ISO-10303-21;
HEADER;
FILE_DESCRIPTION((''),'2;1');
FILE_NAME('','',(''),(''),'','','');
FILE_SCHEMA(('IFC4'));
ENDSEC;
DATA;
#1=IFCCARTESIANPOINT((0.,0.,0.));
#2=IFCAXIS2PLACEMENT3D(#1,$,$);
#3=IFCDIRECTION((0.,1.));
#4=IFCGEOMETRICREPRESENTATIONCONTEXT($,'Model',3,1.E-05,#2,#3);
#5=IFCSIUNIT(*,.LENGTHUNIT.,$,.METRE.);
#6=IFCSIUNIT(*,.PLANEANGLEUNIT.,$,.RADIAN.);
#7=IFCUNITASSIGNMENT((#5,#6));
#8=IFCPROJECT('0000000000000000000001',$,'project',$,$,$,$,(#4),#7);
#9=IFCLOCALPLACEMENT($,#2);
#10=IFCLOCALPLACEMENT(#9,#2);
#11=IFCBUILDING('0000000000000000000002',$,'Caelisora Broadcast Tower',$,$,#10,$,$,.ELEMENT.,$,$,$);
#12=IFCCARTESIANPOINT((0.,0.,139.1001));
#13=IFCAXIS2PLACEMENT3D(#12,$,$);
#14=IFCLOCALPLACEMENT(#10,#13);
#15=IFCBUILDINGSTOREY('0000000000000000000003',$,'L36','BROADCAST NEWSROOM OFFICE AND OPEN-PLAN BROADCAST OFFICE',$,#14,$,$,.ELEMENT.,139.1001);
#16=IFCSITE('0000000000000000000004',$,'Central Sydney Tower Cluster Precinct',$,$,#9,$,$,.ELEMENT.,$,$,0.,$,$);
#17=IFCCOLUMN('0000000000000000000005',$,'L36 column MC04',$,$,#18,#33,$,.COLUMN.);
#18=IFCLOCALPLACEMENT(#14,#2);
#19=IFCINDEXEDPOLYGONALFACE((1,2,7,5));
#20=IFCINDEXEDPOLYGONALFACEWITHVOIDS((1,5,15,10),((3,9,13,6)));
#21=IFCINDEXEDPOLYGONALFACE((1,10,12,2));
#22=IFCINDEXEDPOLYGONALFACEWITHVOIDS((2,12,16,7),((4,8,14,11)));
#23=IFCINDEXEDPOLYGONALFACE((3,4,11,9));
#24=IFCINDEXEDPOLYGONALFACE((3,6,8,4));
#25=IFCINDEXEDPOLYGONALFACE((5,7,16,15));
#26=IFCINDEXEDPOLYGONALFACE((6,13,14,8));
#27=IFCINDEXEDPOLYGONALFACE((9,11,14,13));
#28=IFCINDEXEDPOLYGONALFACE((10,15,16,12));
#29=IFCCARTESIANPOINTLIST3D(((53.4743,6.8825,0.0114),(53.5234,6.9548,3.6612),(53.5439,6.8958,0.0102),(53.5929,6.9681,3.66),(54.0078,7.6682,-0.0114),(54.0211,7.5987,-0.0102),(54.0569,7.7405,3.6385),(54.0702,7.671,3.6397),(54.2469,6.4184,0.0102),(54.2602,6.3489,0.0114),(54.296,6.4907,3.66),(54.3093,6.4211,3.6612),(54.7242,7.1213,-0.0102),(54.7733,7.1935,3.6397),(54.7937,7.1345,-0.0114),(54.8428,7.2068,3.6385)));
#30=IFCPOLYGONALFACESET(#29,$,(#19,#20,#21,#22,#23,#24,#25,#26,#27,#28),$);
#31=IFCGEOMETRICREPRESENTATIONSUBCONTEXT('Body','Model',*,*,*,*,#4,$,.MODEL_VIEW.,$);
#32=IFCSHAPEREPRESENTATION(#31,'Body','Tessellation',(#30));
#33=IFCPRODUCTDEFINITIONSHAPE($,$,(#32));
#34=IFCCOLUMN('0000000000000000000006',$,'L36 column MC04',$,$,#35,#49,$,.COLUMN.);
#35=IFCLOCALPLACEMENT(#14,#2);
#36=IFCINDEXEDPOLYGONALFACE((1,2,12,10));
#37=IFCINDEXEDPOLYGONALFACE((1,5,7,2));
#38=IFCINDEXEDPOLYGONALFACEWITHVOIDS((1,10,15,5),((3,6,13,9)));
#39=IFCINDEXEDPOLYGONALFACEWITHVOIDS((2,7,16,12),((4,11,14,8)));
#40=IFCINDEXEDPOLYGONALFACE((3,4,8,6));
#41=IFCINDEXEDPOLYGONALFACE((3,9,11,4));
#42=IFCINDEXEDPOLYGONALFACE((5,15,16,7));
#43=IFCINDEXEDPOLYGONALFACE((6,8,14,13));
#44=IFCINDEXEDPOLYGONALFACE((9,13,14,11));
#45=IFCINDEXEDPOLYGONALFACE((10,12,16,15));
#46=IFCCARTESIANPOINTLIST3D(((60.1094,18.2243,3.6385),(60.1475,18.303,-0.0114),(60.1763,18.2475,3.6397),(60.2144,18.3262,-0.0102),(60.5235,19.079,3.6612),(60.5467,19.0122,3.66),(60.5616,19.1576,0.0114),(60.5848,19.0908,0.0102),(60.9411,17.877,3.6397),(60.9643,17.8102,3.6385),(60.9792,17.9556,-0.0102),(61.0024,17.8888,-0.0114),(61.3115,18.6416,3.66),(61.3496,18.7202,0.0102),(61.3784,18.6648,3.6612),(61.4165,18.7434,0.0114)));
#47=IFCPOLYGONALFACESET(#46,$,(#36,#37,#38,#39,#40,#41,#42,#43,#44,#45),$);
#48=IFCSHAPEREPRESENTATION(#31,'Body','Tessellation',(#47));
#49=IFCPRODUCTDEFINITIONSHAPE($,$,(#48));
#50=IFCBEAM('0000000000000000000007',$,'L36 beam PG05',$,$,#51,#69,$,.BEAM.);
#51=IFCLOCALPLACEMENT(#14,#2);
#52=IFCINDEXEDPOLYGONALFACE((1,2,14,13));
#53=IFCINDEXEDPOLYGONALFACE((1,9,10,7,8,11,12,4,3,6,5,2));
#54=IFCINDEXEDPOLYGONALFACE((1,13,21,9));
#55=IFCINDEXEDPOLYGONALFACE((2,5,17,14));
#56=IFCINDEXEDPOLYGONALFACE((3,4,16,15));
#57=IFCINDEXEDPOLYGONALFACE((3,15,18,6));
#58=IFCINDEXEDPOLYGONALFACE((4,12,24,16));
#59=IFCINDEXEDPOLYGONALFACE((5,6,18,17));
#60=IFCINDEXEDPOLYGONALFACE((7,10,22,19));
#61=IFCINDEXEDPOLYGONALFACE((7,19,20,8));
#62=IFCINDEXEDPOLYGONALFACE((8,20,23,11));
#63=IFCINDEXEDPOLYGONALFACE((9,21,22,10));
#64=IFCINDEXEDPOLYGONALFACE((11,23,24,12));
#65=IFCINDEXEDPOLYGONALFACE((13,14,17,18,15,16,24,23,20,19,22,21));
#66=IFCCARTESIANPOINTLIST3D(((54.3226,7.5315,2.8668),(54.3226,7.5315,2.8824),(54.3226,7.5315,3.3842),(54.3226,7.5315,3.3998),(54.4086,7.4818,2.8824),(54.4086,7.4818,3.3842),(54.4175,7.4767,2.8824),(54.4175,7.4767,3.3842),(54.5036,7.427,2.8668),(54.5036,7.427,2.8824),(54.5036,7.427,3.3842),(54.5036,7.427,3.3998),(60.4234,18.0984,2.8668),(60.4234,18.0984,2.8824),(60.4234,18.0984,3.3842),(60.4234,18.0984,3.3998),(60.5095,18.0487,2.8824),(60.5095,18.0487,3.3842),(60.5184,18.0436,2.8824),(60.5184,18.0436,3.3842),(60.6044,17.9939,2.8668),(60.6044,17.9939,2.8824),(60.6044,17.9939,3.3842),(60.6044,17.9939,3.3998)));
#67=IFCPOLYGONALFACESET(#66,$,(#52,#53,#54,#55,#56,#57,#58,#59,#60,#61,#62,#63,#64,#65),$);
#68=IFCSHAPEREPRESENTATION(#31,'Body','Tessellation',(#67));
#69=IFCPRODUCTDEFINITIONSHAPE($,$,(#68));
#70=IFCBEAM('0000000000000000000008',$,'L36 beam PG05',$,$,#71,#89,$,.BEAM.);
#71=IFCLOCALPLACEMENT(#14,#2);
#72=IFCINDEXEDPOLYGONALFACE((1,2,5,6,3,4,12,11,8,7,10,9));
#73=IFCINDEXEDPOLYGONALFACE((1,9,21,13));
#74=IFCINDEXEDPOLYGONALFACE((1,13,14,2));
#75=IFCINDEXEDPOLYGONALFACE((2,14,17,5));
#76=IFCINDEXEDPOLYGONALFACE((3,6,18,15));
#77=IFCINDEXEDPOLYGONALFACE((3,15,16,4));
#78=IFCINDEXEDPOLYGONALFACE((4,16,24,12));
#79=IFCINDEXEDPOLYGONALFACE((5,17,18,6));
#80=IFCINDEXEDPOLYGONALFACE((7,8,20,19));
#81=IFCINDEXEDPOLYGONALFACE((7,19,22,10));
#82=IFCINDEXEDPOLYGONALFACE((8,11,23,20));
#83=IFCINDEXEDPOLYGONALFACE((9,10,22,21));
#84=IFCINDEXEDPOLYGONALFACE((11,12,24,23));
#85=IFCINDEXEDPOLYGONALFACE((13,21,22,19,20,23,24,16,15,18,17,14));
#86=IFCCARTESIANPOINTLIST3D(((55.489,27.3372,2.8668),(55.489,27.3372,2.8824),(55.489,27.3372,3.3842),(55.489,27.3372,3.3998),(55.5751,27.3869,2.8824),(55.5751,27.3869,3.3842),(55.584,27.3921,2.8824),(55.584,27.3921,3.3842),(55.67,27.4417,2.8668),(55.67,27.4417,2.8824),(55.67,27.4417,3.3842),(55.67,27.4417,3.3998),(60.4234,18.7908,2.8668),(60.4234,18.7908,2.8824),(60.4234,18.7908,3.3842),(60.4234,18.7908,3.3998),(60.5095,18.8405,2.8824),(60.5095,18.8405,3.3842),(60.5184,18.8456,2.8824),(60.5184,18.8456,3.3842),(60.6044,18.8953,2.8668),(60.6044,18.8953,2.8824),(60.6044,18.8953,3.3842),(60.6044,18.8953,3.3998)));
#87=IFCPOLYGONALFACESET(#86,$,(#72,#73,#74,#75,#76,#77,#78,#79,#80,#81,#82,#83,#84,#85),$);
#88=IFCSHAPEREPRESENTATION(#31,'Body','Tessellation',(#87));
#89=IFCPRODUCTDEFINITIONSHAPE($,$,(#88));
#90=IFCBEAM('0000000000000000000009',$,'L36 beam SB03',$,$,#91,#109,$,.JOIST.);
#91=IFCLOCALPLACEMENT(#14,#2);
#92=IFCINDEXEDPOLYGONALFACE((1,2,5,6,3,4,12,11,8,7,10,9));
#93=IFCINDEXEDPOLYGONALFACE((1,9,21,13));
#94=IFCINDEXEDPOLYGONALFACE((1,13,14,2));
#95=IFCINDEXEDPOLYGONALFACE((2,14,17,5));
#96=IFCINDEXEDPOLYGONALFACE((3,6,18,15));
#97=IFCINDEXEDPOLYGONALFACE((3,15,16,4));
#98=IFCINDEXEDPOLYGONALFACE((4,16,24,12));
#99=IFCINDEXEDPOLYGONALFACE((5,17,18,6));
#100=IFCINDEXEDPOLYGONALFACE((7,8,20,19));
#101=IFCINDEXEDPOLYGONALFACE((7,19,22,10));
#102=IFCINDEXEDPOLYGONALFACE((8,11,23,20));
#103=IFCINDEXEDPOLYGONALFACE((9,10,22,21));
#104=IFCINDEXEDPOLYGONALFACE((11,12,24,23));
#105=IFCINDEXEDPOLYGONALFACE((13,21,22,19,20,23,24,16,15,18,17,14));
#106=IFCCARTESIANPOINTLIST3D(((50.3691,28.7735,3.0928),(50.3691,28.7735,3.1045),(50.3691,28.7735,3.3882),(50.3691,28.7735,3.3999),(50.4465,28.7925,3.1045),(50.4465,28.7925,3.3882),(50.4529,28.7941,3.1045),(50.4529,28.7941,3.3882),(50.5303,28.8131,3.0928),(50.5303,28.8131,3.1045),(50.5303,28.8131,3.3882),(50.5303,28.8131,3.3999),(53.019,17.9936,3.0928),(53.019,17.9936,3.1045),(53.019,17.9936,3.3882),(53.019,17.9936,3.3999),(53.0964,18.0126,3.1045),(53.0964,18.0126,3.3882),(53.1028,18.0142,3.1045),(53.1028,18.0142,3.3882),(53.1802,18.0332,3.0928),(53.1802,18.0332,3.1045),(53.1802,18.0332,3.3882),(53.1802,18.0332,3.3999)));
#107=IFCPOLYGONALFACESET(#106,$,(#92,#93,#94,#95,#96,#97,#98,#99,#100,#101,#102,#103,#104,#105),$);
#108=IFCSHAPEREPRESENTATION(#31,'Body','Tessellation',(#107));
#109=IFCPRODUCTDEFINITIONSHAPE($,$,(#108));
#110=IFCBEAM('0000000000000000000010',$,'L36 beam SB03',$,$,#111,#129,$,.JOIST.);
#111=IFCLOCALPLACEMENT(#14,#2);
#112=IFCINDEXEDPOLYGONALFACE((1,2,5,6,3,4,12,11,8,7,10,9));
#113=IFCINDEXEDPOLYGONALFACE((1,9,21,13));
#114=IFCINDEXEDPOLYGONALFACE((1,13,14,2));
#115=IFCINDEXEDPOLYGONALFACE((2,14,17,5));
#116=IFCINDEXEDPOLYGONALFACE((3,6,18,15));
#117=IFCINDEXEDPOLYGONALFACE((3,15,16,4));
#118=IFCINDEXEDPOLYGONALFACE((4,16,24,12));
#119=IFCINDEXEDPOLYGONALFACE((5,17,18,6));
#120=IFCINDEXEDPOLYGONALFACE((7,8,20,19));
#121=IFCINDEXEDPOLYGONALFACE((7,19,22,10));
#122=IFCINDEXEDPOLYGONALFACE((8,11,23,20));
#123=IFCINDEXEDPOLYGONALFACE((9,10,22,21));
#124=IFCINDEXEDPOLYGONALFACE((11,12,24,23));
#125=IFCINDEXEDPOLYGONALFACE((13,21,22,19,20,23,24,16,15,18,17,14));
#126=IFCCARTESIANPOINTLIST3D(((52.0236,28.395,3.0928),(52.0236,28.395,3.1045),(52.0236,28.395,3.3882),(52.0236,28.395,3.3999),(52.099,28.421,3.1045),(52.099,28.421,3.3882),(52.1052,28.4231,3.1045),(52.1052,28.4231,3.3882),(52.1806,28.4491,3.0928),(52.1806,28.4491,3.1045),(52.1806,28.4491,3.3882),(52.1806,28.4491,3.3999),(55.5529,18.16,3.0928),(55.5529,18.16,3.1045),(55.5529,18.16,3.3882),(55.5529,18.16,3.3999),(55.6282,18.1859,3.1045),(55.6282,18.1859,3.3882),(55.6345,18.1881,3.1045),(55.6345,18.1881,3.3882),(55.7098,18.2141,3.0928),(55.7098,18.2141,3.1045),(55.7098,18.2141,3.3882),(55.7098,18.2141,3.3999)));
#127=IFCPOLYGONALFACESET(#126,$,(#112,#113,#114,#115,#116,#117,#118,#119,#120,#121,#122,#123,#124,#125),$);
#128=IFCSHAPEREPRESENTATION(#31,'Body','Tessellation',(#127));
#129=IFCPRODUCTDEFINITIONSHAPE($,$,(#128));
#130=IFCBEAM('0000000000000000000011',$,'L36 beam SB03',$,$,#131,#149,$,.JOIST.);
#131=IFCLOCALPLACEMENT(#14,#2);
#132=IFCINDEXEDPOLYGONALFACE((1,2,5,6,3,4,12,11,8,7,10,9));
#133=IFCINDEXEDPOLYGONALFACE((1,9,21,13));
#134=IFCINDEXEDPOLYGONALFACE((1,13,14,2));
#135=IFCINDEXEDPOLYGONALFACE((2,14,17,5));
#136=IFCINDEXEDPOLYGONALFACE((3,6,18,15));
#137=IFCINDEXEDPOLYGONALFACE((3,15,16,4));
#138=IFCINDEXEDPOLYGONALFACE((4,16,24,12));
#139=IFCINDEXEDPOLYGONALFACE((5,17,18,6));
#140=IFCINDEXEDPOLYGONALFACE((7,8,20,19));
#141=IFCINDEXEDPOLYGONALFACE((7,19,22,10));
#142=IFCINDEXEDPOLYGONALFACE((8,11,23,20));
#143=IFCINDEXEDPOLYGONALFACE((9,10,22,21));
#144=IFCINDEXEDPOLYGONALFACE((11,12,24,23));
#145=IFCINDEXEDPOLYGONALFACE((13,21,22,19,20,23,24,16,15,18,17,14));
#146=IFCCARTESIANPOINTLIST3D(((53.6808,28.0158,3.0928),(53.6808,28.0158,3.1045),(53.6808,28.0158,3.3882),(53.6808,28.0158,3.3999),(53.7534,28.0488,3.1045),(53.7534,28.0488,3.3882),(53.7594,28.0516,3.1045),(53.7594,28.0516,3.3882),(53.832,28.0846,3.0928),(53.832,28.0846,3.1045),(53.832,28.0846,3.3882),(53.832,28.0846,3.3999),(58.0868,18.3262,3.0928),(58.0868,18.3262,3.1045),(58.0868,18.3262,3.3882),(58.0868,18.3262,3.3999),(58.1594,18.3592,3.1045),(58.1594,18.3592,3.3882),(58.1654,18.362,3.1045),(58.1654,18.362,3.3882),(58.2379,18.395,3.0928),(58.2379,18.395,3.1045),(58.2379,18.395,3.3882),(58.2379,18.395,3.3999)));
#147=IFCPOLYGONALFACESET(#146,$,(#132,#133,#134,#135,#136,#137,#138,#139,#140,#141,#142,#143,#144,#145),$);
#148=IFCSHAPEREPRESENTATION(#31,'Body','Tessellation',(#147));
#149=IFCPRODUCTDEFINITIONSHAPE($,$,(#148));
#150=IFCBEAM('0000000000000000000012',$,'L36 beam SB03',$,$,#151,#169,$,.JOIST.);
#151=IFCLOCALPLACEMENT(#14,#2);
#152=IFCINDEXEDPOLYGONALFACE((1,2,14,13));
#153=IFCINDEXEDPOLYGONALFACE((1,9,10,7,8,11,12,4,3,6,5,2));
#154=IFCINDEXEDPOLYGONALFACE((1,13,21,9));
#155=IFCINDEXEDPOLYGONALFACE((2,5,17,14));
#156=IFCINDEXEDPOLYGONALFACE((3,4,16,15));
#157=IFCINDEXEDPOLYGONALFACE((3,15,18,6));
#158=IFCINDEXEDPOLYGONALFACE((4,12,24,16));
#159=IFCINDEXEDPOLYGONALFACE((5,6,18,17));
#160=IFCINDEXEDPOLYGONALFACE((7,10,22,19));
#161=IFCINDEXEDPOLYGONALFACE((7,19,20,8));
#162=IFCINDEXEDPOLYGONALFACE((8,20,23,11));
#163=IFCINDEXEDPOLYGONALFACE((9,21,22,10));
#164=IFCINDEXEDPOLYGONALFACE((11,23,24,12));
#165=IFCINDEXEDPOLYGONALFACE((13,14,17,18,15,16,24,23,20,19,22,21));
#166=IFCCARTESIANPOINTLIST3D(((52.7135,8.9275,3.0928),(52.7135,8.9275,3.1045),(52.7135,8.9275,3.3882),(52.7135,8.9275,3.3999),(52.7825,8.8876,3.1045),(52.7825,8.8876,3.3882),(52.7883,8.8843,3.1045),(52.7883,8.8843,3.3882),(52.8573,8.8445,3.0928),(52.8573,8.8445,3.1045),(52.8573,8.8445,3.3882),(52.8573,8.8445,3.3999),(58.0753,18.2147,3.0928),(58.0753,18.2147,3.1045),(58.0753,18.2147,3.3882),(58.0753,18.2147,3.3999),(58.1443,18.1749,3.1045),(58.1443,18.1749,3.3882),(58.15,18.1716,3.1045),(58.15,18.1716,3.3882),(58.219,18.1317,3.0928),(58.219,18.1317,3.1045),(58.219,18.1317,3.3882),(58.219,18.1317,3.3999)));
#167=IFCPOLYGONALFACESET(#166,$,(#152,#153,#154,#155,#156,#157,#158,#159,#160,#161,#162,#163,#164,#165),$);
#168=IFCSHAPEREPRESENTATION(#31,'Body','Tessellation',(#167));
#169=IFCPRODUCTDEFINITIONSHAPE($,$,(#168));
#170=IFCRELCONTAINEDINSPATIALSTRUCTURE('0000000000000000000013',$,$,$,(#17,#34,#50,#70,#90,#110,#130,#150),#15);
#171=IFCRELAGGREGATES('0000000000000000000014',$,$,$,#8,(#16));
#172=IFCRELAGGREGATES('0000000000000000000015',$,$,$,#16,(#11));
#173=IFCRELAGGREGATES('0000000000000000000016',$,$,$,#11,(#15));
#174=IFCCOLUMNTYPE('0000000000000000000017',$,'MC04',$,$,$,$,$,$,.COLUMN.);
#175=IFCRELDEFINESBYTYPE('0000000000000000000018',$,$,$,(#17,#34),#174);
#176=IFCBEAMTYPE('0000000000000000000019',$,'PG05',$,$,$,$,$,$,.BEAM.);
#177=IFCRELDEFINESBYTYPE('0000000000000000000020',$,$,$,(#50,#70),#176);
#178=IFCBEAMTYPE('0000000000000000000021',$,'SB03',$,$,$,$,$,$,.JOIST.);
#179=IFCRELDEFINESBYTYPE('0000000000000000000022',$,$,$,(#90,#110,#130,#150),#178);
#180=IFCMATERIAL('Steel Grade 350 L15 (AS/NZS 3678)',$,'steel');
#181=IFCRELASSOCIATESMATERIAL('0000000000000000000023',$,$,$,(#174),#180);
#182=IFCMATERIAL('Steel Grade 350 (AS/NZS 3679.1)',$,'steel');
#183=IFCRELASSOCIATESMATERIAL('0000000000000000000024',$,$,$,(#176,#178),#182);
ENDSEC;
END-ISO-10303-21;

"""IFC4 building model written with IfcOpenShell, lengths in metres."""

from ifc_helpers import new_model, si_unit, direction, frame, origin, origin_2d, place, context, subcontext, project, spatial, hollow_rectangle, i_section, extrude, source, transform, mapped, material, material_profile, profile_set, type_object, type_shapes, element, save


model = new_model("IFC4")

# Units and contexts
model_context = context("Model", 3, precision=1e-05, world=origin(), true_north=direction((0.0, 1.0)))
body_context = subcontext(model_context, "Body", "Model", "MODEL_VIEW")
ifc_project = project(units=[si_unit("LENGTHUNIT", "METRE"), si_unit("PLANEANGLEUNIT", "RADIAN")], contexts=[model_context])

# Site, building, storey
site_placement = place(None, origin())
site = spatial("IfcSite", under=ifc_project, at=site_placement, Name="Central Sydney Tower Cluster Precinct", CompositionType="ELEMENT", RefElevation=0.0)
building_placement = place(site_placement, origin())
building = spatial("IfcBuilding", under=site, at=building_placement, Name="Caelisora Broadcast Tower", CompositionType="ELEMENT")
storey_placement = place(building_placement, frame((0.0, 0.0, 139.1001)))
storey = spatial("IfcBuildingStorey", under=building, at=storey_placement, Name="L36", Description="BROADCAST NEWSROOM OFFICE AND OPEN-PLAN BROADCAST OFFICE", CompositionType="ELEMENT", Elevation=139.1001)

# Columns
ifc_material_1 = material(Name="Steel Grade 350 L15 (AS/NZS 3678)", Category="steel")
ifc_material_profile_1 = material_profile(ifc_material_1, hollow_rectangle(XDim=0.95, YDim=0.95, WallThickness=0.05, at=origin_2d()), Name="Steel Grade 350 L15 (AS/NZS 3678)")
ifc_profile_set_1 = profile_set([ifc_material_profile_1], Name="Steel Grade 350 L15 (AS/NZS 3678)")
column_type = type_object("IfcColumnType", Name="MC04", PredefinedType="COLUMN", material=ifc_profile_set_1)
shared_shape_1 = source(origin(), body_context, "Body", "SweptSolid", [
    extrude(hollow_rectangle(XDim=0.95, YDim=0.95, WallThickness=0.05, at=origin_2d()), origin(), (0.0, 0.0, 1.0), 3.6509),
])
type_shapes(column_type, [shared_shape_1])
for number, where, z_axis, x_axis, name in (
    (1, (54.134, 7.0085, 0.0), (0.013441, 0.019794, 0.999714), (-0.82729, 0.561775, 0.0), "L36 column MC04"),
    (2, (60.782, 18.5232, 0.0), (-0.010432, -0.021532, 0.999714), (0.899947, -0.435999, 0.0), "L36 column MC04"),
):
    element("IfcColumn", number, at=place(storey_placement, frame(where, z_axis=z_axis, x_axis=x_axis)), inside=storey, type_object=column_type, Name=name, PredefinedType="COLUMN", context=body_context, shape_type="MappedRepresentation", body=[
        mapped(shared_shape_1, transform((0.0, 0.0, 0.0), scale=1.0)),
    ])

# Beams
ifc_material_2 = material(Name="Steel Grade 350 (AS/NZS 3679.1)", Category="steel")
ifc_material_profile_2 = material_profile(ifc_material_2, i_section(OverallWidth=0.209, OverallDepth=0.533, WebThickness=0.0103, FlangeThickness=0.0156, at=origin_2d()), Name="Steel Grade 350 (AS/NZS 3679.1)")
ifc_profile_set_2 = profile_set([ifc_material_profile_2], Name="Steel Grade 350 (AS/NZS 3679.1)")
beam_type_1 = type_object("IfcBeamType", Name="PG05", PredefinedType="BEAM", material=ifc_profile_set_2)
shared_shape_2 = source(origin(), body_context, "Body", "SweptSolid", [
    extrude(i_section(OverallWidth=0.209, OverallDepth=0.533, WebThickness=0.0103, FlangeThickness=0.0156, at=origin_2d()), origin(), (0.0, 0.0, 1.0), 12.2017),
])
beam_1_placement = place(storey_placement, frame((54.4131, 7.4792, 3.1333), z_axis=(0.500002, 0.866024, 0.0), x_axis=(-0.866024, 0.500002, 0.0)))
element("IfcBeam", 3, at=beam_1_placement, inside=storey, type_object=beam_type_1, Name="L36 beam PG05", PredefinedType="BEAM", context=body_context, shape_type="MappedRepresentation", body=[
    mapped(shared_shape_2, transform((0.0, 0.0, 0.0), scale=1.0)),
])
shared_shape_3 = source(origin(), body_context, "Body", "SweptSolid", [
    extrude(i_section(OverallWidth=0.209, OverallDepth=0.533, WebThickness=0.0103, FlangeThickness=0.0156, at=origin_2d()), origin(), (0.0, 0.0, 1.0), 9.8687),
])
type_shapes(beam_type_1, [shared_shape_2, shared_shape_3])
beam_2_placement = place(storey_placement, frame((60.5139, 18.843, 3.1333), z_axis=(-0.500005, 0.866022, 0.0), x_axis=(-0.866022, -0.500005, 0.0)))
element("IfcBeam", 4, at=beam_2_placement, inside=storey, type_object=beam_type_1, Name="L36 beam PG05", PredefinedType="BEAM", context=body_context, shape_type="MappedRepresentation", body=[
    mapped(shared_shape_3, transform((0.0, 0.0, 0.0), scale=1.0)),
])
ifc_material_profile_3 = material_profile(ifc_material_2, i_section(OverallWidth=0.166, OverallDepth=0.3071, WebThickness=0.0066, FlangeThickness=0.0117, at=origin_2d()), Name="Steel Grade 350 (AS/NZS 3679.1)")
ifc_profile_set_3 = profile_set([ifc_material_profile_3], Name="Steel Grade 350 (AS/NZS 3679.1)")
beam_type_2 = type_object("IfcBeamType", Name="SB03", PredefinedType="JOIST", material=ifc_profile_set_3)
shared_shape_4 = source(origin(), body_context, "Body", "SweptSolid", [
    extrude(i_section(OverallWidth=0.166, OverallDepth=0.3071, WebThickness=0.0066, FlangeThickness=0.0117, at=origin_2d()), origin(), (0.0, 0.0, 1.0), 11.1008),
])
beam_3_placement = place(storey_placement, frame((53.0996, 18.0134, 3.2463), z_axis=(-0.238715, 0.97109, 0.0), x_axis=(-0.97109, -0.238715, 0.0)))
element("IfcBeam", 5, at=beam_3_placement, inside=storey, type_object=beam_type_2, Name="L36 beam SB03", PredefinedType="JOIST", context=body_context, shape_type="MappedRepresentation", body=[
    mapped(shared_shape_4, transform((0.0, 0.0, 0.0), scale=1.0)),
])
shared_shape_5 = source(origin(), body_context, "Body", "SweptSolid", [
    extrude(i_section(OverallWidth=0.166, OverallDepth=0.3071, WebThickness=0.0066, FlangeThickness=0.0117, at=origin_2d()), origin(), (0.0, 0.0, 1.0), 10.8264),
])
beam_4_placement = place(storey_placement, frame((55.6313, 18.187, 3.2463), z_axis=(-0.325987, 0.945374, 0.0), x_axis=(-0.945374, -0.325987, 0.0)))
element("IfcBeam", 6, at=beam_4_placement, inside=storey, type_object=beam_type_2, Name="L36 beam SB03", PredefinedType="JOIST", context=body_context, shape_type="MappedRepresentation", body=[
    mapped(shared_shape_5, transform((0.0, 0.0, 0.0), scale=1.0)),
])
shared_shape_6 = source(origin(), body_context, "Body", "SweptSolid", [
    extrude(i_section(OverallWidth=0.166, OverallDepth=0.3071, WebThickness=0.0066, FlangeThickness=0.0117, at=origin_2d()), origin(), (0.0, 0.0, 1.0), 10.6443),
])
beam_5_placement = place(storey_placement, frame((58.1624, 18.3606, 3.2463), z_axis=(-0.413927, 0.91031, 0.0), x_axis=(-0.91031, -0.413927, 0.0)))
element("IfcBeam", 7, at=beam_5_placement, inside=storey, type_object=beam_type_2, Name="L36 beam SB03", PredefinedType="JOIST", context=body_context, shape_type="MappedRepresentation", body=[
    mapped(shared_shape_6, transform((0.0, 0.0, 0.0), scale=1.0)),
])
shared_shape_7 = source(origin(), body_context, "Body", "SweptSolid", [
    extrude(i_section(OverallWidth=0.166, OverallDepth=0.3071, WebThickness=0.0066, FlangeThickness=0.0117, at=origin_2d()), origin(), (0.0, 0.0, 1.0), 10.7239),
])
type_shapes(beam_type_2, [shared_shape_4, shared_shape_5, shared_shape_6, shared_shape_7])
beam_6_placement = place(storey_placement, frame((52.7854, 8.886, 3.2463), z_axis=(0.499983, 0.866035, 0.0), x_axis=(-0.866035, 0.499983, 0.0)))
element("IfcBeam", 8, at=beam_6_placement, inside=storey, type_object=beam_type_2, Name="L36 beam SB03", PredefinedType="JOIST", context=body_context, shape_type="MappedRepresentation", body=[
    mapped(shared_shape_7, transform((0.0, 0.0, 0.0), scale=1.0)),
])

save(model, "model.ifc")
